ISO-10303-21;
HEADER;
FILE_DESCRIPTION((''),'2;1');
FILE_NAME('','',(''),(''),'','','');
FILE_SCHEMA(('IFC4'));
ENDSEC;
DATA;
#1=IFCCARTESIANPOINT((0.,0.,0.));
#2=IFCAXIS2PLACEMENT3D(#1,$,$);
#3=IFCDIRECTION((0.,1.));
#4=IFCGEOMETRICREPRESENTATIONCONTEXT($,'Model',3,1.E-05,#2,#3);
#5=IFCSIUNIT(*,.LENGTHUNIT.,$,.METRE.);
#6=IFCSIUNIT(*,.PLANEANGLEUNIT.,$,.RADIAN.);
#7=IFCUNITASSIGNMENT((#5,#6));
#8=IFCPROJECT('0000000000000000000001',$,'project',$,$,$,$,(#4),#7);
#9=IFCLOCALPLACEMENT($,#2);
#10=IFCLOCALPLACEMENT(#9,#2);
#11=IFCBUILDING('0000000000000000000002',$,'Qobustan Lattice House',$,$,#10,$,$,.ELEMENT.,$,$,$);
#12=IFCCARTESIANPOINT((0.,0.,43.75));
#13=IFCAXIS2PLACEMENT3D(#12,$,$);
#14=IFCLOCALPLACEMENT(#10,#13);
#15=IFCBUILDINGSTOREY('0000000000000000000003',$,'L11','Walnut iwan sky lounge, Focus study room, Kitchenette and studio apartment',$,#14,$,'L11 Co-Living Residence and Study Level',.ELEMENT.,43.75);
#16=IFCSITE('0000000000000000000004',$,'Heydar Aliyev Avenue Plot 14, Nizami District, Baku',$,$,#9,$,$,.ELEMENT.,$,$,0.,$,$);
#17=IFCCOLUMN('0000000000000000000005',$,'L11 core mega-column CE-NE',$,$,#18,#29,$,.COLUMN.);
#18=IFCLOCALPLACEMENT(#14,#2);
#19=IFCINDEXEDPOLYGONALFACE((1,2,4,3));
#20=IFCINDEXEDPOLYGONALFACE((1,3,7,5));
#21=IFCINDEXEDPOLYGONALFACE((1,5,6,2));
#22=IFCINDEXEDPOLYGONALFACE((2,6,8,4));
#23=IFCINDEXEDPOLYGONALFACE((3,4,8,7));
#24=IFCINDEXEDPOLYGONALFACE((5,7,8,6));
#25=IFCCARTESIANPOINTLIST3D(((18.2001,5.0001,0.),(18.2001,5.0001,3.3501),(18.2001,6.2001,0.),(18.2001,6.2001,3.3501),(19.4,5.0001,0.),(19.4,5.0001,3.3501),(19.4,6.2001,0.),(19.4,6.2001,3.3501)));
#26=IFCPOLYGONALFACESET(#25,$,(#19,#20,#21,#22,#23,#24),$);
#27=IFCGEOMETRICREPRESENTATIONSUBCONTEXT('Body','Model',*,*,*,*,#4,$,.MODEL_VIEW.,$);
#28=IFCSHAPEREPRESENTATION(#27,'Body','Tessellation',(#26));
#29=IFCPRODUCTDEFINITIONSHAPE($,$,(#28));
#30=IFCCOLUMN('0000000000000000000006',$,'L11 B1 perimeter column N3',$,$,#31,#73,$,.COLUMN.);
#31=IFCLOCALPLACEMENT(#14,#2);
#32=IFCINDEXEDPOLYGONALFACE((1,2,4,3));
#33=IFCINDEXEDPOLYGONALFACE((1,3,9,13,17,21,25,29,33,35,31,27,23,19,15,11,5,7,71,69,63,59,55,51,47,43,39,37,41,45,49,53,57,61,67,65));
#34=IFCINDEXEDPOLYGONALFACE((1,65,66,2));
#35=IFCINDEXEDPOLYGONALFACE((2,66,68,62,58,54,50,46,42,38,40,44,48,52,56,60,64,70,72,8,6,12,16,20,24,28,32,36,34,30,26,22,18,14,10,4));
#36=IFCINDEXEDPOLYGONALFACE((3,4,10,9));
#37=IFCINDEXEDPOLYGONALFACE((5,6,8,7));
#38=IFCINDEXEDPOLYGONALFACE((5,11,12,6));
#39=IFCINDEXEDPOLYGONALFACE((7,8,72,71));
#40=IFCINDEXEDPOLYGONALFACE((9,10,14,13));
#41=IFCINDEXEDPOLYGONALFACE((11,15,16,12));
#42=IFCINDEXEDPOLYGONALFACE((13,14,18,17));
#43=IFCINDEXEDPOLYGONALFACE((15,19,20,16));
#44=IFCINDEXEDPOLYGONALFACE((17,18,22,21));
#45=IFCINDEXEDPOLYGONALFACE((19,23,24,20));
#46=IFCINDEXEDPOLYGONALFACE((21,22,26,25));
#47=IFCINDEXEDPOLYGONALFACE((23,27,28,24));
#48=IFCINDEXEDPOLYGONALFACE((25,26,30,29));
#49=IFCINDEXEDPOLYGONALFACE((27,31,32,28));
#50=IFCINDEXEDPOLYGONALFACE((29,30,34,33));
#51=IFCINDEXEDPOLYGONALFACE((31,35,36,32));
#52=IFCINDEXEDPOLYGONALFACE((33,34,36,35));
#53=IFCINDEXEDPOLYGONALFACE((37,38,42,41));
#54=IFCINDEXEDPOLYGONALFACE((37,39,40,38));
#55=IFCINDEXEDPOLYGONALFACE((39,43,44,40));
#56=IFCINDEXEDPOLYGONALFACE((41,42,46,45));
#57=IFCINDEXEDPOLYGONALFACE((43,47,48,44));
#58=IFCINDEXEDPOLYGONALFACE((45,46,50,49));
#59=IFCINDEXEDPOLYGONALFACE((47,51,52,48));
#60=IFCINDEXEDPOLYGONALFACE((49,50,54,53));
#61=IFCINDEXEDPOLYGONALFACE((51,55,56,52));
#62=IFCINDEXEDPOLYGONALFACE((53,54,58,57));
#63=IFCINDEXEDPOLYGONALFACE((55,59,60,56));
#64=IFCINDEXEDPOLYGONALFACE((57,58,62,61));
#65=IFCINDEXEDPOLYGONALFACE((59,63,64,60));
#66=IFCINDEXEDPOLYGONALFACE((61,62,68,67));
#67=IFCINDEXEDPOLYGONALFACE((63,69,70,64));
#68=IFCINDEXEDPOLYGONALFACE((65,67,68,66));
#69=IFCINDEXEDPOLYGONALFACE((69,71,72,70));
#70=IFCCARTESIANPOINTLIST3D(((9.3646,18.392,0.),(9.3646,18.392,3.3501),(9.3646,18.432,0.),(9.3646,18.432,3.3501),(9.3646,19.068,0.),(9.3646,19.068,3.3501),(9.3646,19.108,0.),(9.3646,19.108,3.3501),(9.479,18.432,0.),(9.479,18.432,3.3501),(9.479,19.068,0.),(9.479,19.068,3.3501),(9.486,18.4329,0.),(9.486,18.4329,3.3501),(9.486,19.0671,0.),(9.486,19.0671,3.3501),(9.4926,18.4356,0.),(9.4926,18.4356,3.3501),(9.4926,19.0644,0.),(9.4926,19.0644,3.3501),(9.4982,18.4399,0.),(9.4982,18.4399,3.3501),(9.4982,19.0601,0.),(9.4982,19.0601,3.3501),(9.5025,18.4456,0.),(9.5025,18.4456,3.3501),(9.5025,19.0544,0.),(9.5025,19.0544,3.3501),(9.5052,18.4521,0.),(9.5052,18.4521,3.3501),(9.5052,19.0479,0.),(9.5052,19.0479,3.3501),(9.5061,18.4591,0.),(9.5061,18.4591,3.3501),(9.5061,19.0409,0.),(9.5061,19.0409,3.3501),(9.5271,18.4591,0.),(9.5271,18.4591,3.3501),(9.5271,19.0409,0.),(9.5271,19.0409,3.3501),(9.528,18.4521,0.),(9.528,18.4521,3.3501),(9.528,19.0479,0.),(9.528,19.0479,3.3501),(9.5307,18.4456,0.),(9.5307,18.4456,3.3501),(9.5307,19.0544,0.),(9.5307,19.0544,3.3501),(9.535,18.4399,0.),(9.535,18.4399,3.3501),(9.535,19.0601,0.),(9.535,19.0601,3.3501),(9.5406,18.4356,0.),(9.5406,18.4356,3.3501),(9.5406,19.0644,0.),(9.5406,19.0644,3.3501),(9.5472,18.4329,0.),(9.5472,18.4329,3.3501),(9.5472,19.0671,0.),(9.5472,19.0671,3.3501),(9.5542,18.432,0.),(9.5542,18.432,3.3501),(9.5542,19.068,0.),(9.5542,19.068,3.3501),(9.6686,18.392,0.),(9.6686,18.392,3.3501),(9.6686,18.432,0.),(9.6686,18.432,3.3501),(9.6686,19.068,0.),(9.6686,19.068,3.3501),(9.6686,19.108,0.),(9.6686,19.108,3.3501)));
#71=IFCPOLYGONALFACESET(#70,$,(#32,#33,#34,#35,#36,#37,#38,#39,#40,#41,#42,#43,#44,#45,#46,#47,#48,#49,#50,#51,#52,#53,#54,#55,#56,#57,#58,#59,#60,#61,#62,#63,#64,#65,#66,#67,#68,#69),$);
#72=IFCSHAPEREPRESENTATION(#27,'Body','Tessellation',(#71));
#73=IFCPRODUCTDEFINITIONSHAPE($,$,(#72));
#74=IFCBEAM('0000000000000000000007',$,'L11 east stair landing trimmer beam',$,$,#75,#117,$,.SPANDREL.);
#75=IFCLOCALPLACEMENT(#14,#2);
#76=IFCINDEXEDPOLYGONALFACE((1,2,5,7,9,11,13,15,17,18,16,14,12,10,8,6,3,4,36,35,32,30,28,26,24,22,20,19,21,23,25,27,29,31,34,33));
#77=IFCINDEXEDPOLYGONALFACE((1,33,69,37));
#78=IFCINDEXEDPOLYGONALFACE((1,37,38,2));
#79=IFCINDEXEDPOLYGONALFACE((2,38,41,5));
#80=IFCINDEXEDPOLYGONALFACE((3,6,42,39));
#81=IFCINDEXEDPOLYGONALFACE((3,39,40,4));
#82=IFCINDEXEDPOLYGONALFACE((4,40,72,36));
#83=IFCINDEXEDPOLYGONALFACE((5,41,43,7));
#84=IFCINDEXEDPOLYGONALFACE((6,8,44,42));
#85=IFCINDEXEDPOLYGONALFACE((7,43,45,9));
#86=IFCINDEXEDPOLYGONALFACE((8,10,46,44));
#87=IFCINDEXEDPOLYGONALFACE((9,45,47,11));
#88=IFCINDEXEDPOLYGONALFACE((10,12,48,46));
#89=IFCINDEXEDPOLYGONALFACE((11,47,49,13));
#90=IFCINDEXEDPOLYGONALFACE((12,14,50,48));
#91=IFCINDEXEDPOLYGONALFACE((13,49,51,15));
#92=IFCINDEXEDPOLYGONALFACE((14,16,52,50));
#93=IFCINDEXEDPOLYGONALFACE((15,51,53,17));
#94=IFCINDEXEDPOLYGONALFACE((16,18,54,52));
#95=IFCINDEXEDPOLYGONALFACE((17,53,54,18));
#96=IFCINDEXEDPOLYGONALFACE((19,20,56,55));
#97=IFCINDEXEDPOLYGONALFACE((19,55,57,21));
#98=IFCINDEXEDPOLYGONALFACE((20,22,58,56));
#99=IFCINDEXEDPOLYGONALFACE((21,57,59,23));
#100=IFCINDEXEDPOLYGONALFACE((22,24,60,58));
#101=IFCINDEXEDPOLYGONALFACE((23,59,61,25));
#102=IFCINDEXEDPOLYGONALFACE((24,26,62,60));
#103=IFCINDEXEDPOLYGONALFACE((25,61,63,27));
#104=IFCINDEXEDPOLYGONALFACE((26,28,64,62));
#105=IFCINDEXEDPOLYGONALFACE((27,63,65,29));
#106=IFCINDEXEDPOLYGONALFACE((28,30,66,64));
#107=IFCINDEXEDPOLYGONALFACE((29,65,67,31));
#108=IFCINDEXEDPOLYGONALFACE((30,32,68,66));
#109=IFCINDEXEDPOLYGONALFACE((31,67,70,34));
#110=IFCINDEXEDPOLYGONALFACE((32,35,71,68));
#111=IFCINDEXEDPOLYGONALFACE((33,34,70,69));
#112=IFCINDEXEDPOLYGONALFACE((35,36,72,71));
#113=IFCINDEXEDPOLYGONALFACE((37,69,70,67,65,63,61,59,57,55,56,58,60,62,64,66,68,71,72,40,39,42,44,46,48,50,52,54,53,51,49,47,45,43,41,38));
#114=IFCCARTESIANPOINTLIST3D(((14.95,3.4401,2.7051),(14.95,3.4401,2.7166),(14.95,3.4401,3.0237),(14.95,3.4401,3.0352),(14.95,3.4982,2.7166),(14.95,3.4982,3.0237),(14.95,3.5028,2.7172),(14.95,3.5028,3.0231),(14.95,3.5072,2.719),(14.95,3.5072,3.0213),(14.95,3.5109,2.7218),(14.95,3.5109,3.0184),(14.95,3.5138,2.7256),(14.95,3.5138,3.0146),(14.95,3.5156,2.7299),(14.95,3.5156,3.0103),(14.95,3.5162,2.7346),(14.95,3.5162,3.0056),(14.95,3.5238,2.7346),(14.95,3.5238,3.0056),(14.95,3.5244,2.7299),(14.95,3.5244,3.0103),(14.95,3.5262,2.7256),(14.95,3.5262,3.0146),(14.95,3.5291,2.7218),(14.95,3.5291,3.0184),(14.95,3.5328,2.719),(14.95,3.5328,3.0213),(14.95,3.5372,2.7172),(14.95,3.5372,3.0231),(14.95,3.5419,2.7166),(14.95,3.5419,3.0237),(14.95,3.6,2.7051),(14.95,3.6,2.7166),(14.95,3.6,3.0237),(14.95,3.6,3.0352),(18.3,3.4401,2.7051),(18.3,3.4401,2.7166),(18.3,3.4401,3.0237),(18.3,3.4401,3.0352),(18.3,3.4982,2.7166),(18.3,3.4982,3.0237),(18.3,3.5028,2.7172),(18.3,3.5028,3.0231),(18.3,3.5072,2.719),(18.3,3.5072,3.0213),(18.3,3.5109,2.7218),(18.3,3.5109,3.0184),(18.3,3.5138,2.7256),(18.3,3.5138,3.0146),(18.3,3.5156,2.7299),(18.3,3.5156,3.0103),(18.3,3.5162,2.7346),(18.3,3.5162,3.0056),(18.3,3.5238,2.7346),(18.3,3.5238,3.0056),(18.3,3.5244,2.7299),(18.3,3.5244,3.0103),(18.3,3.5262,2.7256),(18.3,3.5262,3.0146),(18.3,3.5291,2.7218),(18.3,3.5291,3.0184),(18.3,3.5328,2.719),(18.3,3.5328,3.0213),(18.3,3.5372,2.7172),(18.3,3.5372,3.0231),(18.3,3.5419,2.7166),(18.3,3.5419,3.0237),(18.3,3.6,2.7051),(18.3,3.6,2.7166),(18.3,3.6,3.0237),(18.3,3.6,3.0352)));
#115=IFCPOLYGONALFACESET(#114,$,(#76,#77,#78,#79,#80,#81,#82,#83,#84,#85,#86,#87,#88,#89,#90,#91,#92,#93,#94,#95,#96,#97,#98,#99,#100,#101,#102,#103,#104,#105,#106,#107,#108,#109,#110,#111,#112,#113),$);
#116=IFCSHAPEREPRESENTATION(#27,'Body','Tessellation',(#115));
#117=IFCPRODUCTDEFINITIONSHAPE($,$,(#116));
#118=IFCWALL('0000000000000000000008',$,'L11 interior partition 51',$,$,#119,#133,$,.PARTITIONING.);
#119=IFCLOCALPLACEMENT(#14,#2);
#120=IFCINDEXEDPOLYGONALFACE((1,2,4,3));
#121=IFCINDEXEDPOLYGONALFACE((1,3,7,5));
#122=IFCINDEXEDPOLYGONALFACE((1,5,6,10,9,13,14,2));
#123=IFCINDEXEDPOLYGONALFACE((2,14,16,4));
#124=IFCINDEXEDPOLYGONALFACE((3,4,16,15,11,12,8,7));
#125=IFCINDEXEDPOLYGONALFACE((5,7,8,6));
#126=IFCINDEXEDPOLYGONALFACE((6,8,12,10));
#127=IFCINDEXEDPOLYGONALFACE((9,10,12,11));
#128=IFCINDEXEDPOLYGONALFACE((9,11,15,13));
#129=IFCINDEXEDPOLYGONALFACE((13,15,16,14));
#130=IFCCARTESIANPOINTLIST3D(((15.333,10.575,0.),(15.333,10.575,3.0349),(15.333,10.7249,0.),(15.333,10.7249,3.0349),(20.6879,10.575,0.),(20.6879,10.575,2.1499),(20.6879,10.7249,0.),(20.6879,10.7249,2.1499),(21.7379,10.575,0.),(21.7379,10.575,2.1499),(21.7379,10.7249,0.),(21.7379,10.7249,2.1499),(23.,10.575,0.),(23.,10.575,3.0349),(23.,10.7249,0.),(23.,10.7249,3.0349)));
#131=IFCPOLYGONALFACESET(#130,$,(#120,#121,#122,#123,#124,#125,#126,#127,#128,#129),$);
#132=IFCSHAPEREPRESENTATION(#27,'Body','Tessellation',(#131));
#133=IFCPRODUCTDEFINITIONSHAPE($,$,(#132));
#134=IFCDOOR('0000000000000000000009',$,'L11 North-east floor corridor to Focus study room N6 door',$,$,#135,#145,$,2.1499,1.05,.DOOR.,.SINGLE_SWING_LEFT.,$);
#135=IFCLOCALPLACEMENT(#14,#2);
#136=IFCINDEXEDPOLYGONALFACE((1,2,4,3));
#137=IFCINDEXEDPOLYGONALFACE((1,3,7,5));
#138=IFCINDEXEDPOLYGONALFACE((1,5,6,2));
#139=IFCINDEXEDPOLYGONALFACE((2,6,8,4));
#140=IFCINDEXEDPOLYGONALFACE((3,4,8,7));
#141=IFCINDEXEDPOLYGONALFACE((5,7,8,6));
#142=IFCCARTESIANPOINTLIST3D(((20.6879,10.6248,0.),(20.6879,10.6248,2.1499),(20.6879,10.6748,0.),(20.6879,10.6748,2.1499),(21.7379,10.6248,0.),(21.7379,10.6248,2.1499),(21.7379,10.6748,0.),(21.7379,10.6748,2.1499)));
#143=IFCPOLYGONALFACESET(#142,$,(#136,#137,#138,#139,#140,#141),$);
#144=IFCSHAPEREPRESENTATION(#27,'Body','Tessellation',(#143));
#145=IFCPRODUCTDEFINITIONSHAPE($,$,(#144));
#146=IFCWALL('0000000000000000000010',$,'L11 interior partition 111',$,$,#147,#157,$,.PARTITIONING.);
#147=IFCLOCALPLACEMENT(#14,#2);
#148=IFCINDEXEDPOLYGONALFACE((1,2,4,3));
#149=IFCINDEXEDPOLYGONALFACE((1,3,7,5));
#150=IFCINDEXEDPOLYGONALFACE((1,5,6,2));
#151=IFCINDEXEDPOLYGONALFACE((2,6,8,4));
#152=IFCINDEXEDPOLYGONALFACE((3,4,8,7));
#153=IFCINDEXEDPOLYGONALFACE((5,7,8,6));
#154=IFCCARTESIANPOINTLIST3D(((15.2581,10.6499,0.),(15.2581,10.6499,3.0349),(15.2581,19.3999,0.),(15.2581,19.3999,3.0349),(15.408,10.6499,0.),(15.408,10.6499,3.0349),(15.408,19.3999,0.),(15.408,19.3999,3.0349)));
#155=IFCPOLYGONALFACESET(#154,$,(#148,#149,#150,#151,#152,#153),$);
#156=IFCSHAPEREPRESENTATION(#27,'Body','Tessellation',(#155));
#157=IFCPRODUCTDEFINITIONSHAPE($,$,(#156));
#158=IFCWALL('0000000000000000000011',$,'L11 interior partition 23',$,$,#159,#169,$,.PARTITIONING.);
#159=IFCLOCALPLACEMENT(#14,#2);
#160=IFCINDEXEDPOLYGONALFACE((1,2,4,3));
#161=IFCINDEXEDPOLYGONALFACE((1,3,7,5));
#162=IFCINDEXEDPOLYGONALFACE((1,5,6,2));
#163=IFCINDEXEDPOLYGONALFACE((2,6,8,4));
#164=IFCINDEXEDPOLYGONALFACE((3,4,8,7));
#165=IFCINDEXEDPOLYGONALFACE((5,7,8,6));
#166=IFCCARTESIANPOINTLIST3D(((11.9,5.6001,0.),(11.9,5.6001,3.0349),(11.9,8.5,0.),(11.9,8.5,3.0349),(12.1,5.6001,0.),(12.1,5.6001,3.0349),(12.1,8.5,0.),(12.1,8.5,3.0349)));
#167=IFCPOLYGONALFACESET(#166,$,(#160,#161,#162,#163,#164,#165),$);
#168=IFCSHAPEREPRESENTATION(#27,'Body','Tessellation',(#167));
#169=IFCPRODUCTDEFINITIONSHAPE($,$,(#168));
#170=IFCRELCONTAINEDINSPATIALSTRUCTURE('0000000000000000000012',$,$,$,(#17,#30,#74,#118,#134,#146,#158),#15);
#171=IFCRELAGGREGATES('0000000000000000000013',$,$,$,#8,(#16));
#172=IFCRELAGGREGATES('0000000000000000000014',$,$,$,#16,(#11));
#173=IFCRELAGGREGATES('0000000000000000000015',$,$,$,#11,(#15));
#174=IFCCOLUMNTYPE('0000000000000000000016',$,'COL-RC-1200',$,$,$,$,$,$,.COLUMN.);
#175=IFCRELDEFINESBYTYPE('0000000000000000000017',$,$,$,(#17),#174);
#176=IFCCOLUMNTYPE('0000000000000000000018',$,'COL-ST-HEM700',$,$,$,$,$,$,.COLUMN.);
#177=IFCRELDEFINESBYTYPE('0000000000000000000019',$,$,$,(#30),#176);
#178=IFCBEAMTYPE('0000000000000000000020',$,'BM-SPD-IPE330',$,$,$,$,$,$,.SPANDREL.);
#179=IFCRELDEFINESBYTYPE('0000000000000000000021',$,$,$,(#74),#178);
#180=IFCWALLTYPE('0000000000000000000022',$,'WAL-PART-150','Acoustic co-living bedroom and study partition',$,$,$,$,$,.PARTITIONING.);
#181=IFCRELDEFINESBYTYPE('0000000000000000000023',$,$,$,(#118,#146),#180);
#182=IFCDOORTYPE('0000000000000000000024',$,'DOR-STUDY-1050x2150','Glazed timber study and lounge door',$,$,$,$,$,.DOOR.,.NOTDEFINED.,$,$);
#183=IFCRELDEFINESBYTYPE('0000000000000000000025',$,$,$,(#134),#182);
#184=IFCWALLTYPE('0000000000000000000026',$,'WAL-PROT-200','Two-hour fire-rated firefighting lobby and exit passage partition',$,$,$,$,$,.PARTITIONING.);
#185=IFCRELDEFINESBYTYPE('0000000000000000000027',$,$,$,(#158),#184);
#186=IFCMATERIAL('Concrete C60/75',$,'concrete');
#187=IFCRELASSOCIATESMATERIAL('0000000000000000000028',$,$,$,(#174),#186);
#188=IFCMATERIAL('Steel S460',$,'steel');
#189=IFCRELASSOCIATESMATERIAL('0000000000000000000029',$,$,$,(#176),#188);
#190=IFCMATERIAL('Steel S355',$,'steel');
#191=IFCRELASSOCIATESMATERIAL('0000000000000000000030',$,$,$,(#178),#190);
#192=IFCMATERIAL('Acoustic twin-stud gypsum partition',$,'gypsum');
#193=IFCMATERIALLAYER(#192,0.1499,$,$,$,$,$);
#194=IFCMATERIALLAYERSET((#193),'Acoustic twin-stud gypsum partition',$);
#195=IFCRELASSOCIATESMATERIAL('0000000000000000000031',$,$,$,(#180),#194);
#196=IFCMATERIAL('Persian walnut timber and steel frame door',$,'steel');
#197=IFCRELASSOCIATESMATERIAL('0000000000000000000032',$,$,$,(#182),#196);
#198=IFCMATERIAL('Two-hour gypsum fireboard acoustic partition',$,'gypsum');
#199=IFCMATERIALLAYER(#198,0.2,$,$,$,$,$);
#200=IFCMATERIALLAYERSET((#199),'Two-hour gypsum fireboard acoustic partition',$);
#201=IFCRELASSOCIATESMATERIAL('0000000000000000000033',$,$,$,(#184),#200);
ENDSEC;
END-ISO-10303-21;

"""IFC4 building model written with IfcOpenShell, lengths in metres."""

from ifc_helpers import new_model, si_unit, direction, frame, frame_2d, origin, origin_2d, place, context, subcontext, project, spatial, rectangle, i_section, extrude, material, layer, layer_set, material_profile, profile_set, type_object, element, fill, save


model = new_model("IFC4")

# Units and contexts
model_context = context("Model", 3, precision=1e-05, world=origin(), true_north=direction((0.0, 1.0)))
body_context = subcontext(model_context, "Body", "Model", "MODEL_VIEW")
ifc_project = project(units=[si_unit("LENGTHUNIT", "METRE"), si_unit("PLANEANGLEUNIT", "RADIAN")], contexts=[model_context])

# Site, building, storey
site_placement = place(None, origin())
site = spatial("IfcSite", under=ifc_project, at=site_placement, Name="Heydar Aliyev Avenue Plot 14, Nizami District, Baku", CompositionType="ELEMENT", RefElevation=0.0)
building_placement = place(site_placement, origin())
building = spatial("IfcBuilding", under=site, at=building_placement, Name="Qobustan Lattice House", CompositionType="ELEMENT")
storey_placement = place(building_placement, frame((0.0, 0.0, 43.75)))
storey = spatial("IfcBuildingStorey", under=building, at=storey_placement, Name="L11", Description="Walnut iwan sky lounge, Focus study room, Kitchenette and studio apartment", LongName="L11 Co-Living Residence and Study Level", CompositionType="ELEMENT", Elevation=43.75)

# Columns
ifc_material_1 = material(Name="Concrete C60/75", Category="concrete")
ifc_material_profile_1 = material_profile(ifc_material_1, rectangle(XDim=1.2, YDim=1.2, at=origin_2d()), Name="RC1200x1200")
ifc_profile_set_1 = profile_set([ifc_material_profile_1], Name="Concrete C60/75")
column_type_1 = type_object("IfcColumnType", Name="COL-RC-1200", PredefinedType="COLUMN", material=ifc_profile_set_1)
column_1_placement = place(storey_placement, frame((18.8, 5.6001, 0.0), z_axis=(0.0, 0.0, 1.0), x_axis=(1.0, 0.0, 0.0)))
element("IfcColumn", 1, at=column_1_placement, inside=storey, type_object=column_type_1, Name="L11 core mega-column CE-NE", PredefinedType="COLUMN", context=body_context, shape_type="SweptSolid", body=[
    extrude(rectangle(XDim=1.2, YDim=1.2, at=origin_2d()), origin(), (0.0, 0.0, 1.0), 3.3501),
])
ifc_material_2 = material(Name="Steel S460", Category="steel")
ifc_material_profile_2 = material_profile(ifc_material_2, i_section(OverallWidth=0.304, OverallDepth=0.7161, WebThickness=0.021, FlangeThickness=0.04, FilletRadius=0.0271, at=origin_2d()), Name="HEM700")
ifc_profile_set_2 = profile_set([ifc_material_profile_2], Name="Steel S460")
column_type_2 = type_object("IfcColumnType", Name="COL-ST-HEM700", PredefinedType="COLUMN", material=ifc_profile_set_2)
column_2_placement = place(storey_placement, frame((9.5166, 18.75, 0.0), z_axis=(0.0, 0.0, 1.0), x_axis=(1.0, 0.0, 0.0)))
element("IfcColumn", 2, at=column_2_placement, inside=storey, type_object=column_type_2, Name="L11 B1 perimeter column N3", PredefinedType="COLUMN", context=body_context, shape_type="SweptSolid", body=[
    extrude(i_section(OverallWidth=0.304, OverallDepth=0.7161, WebThickness=0.021, FlangeThickness=0.04, FilletRadius=0.0271, at=origin_2d()), origin(), (0.0, 0.0, 1.0), 3.3501),
])

# Beam
ifc_material_3 = material(Name="Steel S355", Category="steel")
ifc_material_profile_3 = material_profile(ifc_material_3, i_section(OverallWidth=0.1599, OverallDepth=0.3301, WebThickness=0.0076, FlangeThickness=0.0115, FilletRadius=0.0181, at=origin_2d()), Name="IPE330")
ifc_profile_set_3 = profile_set([ifc_material_profile_3], Name="Steel S355")
beam_type = type_object("IfcBeamType", Name="BM-SPD-IPE330", PredefinedType="SPANDREL", material=ifc_profile_set_3)
beam_placement = place(storey_placement, frame((14.95, 3.52, 2.8701), z_axis=(1.0, 0.0, 0.0), x_axis=(0.0, 1.0, 0.0)))
element("IfcBeam", 3, at=beam_placement, inside=storey, type_object=beam_type, Name="L11 east stair landing trimmer beam", PredefinedType="SPANDREL", context=body_context, shape_type="SweptSolid", body=[
    extrude(i_section(OverallWidth=0.1599, OverallDepth=0.3301, WebThickness=0.0076, FlangeThickness=0.0115, FilletRadius=0.0181, at=origin_2d()), origin(), (0.0, 0.0, 1.0), 3.3501),
])

# Wall, opening, door
ifc_material_4 = material(Name="Acoustic twin-stud gypsum partition", Category="gypsum")
ifc_layer_1 = layer(ifc_material_4, 0.1499)
ifc_layer_set_1 = layer_set([ifc_layer_1], Name="Acoustic twin-stud gypsum partition")
wall_type_1 = type_object("IfcWallType", Name="WAL-PART-150", Description="Acoustic co-living bedroom and study partition", PredefinedType="PARTITIONING", material=ifc_layer_set_1)
wall_1_placement = place(storey_placement, frame((15.333, 10.6499, 0.0), z_axis=(0.0, 0.0, 1.0), x_axis=(1.0, 0.0, 0.0)))
wall_1 = element("IfcWall", 4, at=wall_1_placement, inside=storey, type_object=wall_type_1, Name="L11 interior partition 51", PredefinedType="PARTITIONING", context=body_context, shape_type="SweptSolid", body=[
    extrude(rectangle(XDim=7.667, YDim=0.1499, at=frame_2d((3.8335, 0.0))), origin(), (0.0, 0.0, 1.0), 3.0349),
])
opening_1_placement = place(wall_1_placement, frame((5.355, 0.0, 0.0)))
opening_1 = element("IfcOpeningElement", 5, at=opening_1_placement, cuts=wall_1, PredefinedType="OPENING", context=body_context, shape_type="SweptSolid", body=[
    extrude(rectangle(XDim=1.05, YDim=2.1499, at=frame_2d((0.5249, 1.075))), frame((0.0, 0.085, 0.0), z_axis=(0.0, -1.0, 0.0), x_axis=(1.0, 0.0, 0.0)), (0.0, 0.0, 1.0), 0.1699),
])
ifc_material_5 = material(Name="Persian walnut timber and steel frame door", Category="steel")
door_type_1 = type_object("IfcDoorType", Name="DOR-STUDY-1050x2150", Description="Glazed timber study and lounge door", OperationType="NOTDEFINED", PredefinedType="DOOR", material=ifc_material_5)
door_1_placement = place(opening_1_placement, origin())
door_1 = element("IfcDoor", 6, at=door_1_placement, inside=storey, type_object=door_type_1, Name="L11 North-east floor corridor to Focus study room N6 door", OperationType="SINGLE_SWING_LEFT", OverallHeight=2.1499, OverallWidth=1.05, PredefinedType="DOOR", context=body_context, shape_type="SweptSolid", body=[
    extrude(rectangle(XDim=1.05, YDim=2.1499, at=frame_2d((0.5249, 1.075))), frame((0.0, 0.0249, 0.0), z_axis=(0.0, -1.0, 0.0), x_axis=(1.0, 0.0, 0.0)), (0.0, 0.0, 1.0), 0.05),
])
fill(opening_1, door_1)

# Walls
wall_2_placement = place(storey_placement, frame((15.333, 19.3999, 0.0), z_axis=(0.0, 0.0, 1.0), x_axis=(0.0, -1.0, 0.0)))
element("IfcWall", 7, at=wall_2_placement, inside=storey, type_object=wall_type_1, Name="L11 interior partition 111", PredefinedType="PARTITIONING", context=body_context, shape_type="SweptSolid", body=[
    extrude(rectangle(XDim=8.75, YDim=0.1499, at=frame_2d((4.375, 0.0))), origin(), (0.0, 0.0, 1.0), 3.0349),
])
ifc_material_6 = material(Name="Two-hour gypsum fireboard acoustic partition", Category="gypsum")
ifc_layer_2 = layer(ifc_material_6, 0.2)
ifc_layer_set_2 = layer_set([ifc_layer_2], Name="Two-hour gypsum fireboard acoustic partition")
wall_type_2 = type_object("IfcWallType", Name="WAL-PROT-200", Description="Two-hour fire-rated firefighting lobby and exit passage partition", PredefinedType="PARTITIONING", material=ifc_layer_set_2)
wall_3_placement = place(storey_placement, frame((12.0, 8.5, 0.0), z_axis=(0.0, 0.0, 1.0), x_axis=(0.0, -1.0, 0.0)))
element("IfcWall", 8, at=wall_3_placement, inside=storey, type_object=wall_type_2, Name="L11 interior partition 23", PredefinedType="PARTITIONING", context=body_context, shape_type="SweptSolid", body=[
    extrude(rectangle(XDim=2.8999, YDim=0.2, at=frame_2d((1.45, 0.0))), origin(), (0.0, 0.0, 1.0), 3.0349),
])

save(model, "model.ifc")
